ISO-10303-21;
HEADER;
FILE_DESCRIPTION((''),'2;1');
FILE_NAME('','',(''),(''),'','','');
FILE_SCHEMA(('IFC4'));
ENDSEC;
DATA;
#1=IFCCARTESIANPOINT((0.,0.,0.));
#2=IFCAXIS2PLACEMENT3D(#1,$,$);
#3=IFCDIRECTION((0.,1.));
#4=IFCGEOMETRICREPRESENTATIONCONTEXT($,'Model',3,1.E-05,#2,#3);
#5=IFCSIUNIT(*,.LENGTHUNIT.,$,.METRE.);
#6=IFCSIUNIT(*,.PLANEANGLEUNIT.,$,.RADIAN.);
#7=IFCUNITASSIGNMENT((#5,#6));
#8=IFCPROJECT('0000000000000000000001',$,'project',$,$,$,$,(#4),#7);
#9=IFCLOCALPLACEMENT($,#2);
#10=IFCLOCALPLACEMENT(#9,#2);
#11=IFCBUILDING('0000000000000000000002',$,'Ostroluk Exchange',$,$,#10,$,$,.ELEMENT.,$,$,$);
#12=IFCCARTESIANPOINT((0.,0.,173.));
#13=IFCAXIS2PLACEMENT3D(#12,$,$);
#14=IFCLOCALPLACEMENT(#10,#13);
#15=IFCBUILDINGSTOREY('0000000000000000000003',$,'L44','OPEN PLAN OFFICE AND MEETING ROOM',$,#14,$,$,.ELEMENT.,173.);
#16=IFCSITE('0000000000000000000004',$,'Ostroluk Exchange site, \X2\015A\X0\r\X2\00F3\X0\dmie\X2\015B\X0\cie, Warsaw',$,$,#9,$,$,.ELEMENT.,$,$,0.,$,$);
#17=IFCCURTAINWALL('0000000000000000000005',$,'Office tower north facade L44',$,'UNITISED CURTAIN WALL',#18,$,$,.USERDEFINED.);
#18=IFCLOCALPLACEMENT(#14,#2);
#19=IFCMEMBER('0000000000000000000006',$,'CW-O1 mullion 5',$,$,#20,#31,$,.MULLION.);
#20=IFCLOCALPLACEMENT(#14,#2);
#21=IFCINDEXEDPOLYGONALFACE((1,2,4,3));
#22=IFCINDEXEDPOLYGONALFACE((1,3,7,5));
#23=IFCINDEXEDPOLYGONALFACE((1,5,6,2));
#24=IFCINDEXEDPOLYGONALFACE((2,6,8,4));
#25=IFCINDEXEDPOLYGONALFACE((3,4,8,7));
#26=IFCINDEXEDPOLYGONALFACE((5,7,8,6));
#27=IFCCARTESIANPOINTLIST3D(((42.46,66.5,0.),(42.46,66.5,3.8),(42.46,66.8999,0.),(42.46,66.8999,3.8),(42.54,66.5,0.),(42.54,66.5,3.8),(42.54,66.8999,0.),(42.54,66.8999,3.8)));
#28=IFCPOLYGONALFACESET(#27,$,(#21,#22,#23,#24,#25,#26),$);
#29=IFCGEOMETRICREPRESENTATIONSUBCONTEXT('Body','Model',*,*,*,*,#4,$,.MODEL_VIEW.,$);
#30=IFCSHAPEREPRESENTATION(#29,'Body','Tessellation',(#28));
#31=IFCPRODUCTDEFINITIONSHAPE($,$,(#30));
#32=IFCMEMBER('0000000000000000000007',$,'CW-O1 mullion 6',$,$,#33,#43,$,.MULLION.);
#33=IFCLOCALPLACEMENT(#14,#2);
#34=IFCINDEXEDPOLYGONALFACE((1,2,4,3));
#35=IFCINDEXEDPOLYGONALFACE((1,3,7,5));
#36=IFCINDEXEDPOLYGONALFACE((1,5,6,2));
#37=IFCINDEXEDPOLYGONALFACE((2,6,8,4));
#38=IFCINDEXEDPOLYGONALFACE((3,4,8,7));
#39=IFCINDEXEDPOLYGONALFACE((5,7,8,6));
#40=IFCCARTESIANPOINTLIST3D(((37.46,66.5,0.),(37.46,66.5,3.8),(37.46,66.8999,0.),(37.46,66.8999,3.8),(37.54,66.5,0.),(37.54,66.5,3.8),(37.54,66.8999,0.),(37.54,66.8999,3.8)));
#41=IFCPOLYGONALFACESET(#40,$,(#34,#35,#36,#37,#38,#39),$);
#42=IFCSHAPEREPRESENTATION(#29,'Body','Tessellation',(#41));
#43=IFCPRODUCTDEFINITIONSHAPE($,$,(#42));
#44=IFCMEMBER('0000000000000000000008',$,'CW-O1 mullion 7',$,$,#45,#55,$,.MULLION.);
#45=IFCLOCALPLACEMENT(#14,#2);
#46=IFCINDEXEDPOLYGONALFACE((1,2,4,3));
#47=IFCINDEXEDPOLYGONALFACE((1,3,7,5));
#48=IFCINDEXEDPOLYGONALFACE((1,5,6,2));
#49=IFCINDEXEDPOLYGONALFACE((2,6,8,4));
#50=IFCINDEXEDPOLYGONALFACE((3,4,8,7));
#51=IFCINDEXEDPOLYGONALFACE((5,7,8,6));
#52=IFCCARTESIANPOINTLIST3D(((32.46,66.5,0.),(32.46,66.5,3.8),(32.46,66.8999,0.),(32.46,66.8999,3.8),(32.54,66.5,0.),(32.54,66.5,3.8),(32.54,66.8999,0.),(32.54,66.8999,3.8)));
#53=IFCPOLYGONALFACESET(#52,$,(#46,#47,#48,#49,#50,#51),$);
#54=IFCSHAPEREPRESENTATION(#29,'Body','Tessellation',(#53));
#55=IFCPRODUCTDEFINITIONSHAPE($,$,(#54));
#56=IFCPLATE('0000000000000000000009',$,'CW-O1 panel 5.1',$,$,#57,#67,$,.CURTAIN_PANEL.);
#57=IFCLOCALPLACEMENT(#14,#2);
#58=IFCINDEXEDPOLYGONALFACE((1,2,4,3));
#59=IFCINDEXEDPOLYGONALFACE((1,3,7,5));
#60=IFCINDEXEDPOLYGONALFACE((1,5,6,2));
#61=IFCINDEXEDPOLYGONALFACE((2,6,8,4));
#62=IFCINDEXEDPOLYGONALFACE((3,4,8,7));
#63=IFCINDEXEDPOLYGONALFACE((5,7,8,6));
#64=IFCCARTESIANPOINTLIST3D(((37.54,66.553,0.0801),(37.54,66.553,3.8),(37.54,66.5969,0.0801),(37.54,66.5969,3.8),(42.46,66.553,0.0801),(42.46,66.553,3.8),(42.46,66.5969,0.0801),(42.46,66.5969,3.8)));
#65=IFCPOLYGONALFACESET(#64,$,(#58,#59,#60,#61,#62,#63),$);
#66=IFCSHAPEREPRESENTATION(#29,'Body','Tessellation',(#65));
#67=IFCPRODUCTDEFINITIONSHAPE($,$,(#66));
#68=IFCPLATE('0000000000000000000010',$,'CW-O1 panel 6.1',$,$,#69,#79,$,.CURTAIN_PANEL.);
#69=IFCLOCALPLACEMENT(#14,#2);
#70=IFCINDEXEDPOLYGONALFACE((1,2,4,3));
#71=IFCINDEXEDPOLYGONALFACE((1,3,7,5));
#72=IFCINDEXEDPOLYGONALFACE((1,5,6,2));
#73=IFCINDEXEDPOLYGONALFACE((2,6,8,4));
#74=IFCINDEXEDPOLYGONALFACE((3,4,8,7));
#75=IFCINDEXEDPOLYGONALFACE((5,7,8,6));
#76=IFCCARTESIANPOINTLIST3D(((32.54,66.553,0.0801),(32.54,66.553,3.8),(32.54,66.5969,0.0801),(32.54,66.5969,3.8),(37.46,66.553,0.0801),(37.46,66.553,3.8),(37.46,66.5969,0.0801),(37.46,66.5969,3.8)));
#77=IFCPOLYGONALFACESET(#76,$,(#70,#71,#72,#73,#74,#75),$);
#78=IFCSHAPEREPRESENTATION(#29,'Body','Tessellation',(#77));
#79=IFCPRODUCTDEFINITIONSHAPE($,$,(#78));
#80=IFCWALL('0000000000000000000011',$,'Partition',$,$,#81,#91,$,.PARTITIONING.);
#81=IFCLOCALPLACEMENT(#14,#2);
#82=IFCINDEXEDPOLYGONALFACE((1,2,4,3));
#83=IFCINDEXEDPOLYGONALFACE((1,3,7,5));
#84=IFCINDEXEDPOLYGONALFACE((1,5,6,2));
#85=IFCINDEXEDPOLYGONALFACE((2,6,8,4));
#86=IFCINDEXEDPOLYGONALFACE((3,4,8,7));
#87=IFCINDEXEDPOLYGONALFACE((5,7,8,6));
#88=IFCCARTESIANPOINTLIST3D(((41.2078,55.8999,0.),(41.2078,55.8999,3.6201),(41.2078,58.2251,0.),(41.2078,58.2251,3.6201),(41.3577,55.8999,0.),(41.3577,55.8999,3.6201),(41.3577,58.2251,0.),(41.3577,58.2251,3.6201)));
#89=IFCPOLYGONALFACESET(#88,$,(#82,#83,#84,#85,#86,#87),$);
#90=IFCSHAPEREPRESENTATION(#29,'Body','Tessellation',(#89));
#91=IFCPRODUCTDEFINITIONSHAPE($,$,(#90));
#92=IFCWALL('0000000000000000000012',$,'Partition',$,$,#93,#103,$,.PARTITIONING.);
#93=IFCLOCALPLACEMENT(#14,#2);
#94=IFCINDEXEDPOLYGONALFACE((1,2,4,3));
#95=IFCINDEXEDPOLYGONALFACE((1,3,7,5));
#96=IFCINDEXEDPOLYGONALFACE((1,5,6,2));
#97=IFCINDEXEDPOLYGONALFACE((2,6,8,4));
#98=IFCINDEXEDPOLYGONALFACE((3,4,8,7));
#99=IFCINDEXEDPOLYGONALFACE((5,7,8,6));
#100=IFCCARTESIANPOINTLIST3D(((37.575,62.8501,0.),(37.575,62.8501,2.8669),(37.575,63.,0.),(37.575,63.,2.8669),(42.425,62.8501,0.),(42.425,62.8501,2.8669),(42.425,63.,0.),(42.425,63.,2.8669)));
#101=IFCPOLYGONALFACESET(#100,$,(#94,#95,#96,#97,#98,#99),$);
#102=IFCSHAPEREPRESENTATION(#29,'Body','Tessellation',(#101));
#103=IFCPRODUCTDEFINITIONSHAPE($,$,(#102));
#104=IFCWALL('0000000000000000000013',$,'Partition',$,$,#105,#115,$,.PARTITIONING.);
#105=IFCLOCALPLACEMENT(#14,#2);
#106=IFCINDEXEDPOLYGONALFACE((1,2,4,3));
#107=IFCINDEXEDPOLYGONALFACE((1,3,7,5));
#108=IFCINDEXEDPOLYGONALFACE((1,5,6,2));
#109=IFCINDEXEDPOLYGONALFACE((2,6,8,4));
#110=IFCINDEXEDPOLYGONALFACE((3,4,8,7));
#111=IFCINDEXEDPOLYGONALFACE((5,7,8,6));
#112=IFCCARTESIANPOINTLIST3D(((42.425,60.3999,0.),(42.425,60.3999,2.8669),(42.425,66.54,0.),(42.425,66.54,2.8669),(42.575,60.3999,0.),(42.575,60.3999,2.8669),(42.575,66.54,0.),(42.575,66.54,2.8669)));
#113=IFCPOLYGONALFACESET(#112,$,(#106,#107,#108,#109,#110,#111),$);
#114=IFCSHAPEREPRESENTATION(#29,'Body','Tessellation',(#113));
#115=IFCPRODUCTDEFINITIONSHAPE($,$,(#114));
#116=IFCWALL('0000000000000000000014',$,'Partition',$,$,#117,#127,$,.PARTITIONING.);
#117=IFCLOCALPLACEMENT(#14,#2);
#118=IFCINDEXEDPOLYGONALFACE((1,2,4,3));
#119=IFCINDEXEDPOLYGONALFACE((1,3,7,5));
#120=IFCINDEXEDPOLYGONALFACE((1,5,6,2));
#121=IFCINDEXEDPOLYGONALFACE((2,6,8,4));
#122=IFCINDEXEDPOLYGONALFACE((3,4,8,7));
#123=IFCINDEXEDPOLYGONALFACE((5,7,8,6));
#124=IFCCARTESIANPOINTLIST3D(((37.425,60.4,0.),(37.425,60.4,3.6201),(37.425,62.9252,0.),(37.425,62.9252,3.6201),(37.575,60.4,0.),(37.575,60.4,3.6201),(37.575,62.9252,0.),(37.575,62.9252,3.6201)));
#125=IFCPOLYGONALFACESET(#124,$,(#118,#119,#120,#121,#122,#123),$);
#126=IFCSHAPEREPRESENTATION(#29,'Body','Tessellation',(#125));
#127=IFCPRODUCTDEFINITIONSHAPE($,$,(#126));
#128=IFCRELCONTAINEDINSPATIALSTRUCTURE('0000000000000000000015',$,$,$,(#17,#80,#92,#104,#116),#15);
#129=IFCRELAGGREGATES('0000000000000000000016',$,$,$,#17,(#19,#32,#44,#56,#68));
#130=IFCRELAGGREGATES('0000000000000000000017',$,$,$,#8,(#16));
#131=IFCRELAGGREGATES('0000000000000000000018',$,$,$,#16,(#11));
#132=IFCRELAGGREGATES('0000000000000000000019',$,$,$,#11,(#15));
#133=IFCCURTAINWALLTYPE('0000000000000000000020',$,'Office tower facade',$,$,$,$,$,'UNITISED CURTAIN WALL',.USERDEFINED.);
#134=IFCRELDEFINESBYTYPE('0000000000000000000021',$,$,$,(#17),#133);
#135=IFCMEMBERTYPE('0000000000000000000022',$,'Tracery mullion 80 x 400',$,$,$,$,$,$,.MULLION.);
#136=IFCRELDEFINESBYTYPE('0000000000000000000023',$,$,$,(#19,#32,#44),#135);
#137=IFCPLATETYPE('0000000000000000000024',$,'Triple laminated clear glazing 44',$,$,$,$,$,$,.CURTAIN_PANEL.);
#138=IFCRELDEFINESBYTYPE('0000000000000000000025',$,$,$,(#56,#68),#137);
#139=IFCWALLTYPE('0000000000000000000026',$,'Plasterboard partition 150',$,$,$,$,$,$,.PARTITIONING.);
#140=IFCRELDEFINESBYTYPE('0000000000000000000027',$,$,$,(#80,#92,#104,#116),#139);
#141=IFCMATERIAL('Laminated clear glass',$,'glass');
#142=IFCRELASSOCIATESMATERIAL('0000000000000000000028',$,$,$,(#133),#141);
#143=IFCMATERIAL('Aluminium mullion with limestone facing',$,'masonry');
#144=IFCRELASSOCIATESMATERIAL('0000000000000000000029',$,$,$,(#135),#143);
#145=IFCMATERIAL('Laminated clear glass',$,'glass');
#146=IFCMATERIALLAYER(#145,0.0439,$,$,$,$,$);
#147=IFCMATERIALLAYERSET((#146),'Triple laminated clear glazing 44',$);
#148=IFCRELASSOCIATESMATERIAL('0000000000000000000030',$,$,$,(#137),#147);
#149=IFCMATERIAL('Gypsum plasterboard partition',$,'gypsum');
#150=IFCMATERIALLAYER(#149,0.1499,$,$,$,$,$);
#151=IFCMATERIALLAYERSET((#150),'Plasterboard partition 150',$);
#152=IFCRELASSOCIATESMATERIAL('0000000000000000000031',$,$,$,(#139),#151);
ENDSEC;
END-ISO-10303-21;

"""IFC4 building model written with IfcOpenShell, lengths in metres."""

from ifc_helpers import new_model, si_unit, direction, frame, frame_2d, origin, origin_2d, place, context, subcontext, project, spatial, rectangle, extrude, material, layer, layer_set, material_profile, profile_set, type_object, element, aggregate, save


model = new_model("IFC4")

# Units and contexts
model_context = context("Model", 3, precision=1e-05, world=origin(), true_north=direction((0.0, 1.0)))
body_context = subcontext(model_context, "Body", "Model", "MODEL_VIEW")
ifc_project = project(units=[si_unit("LENGTHUNIT", "METRE"), si_unit("PLANEANGLEUNIT", "RADIAN")], contexts=[model_context])

# Site, building, storey
site_placement = place(None, origin())
site = spatial("IfcSite", under=ifc_project, at=site_placement, Name="Ostroluk Exchange site, Śródmieście, Warsaw", CompositionType="ELEMENT", RefElevation=0.0)
building_placement = place(site_placement, origin())
building = spatial("IfcBuilding", under=site, at=building_placement, Name="Ostroluk Exchange", CompositionType="ELEMENT")
storey_placement = place(building_placement, frame((0.0, 0.0, 173.0)))
storey = spatial("IfcBuildingStorey", under=building, at=storey_placement, Name="L44", Description="OPEN PLAN OFFICE AND MEETING ROOM", CompositionType="ELEMENT", Elevation=173.0)

# Curtain wall, members, plates
ifc_material_1 = material(Name="Laminated clear glass", Category="glass")
curtain_wall_type = type_object("IfcCurtainWallType", Name="Office tower facade", ElementType="UNITISED CURTAIN WALL", PredefinedType="USERDEFINED", material=ifc_material_1)
curtain_wall_placement = place(storey_placement, origin())
curtain_wall = element("IfcCurtainWall", 1, at=curtain_wall_placement, inside=storey, type_object=curtain_wall_type, Name="Office tower north facade L44", ObjectType="UNITISED CURTAIN WALL", PredefinedType="USERDEFINED")
ifc_material_2 = material(Name="Aluminium mullion with limestone facing", Category="masonry")
ifc_material_profile_1 = material_profile(ifc_material_2, rectangle(XDim=0.3999, YDim=0.0801, at=origin_2d()), Name="Tracery mullion 80 x 400")
ifc_profile_set_1 = profile_set([ifc_material_profile_1], Name="Aluminium mullion with limestone facing")
member_type_1 = type_object("IfcMemberType", Name="Tracery mullion 80 x 400", PredefinedType="MULLION", material=ifc_profile_set_1)
member_1_placement = place(storey_placement, frame((42.5, 66.7, 0.0), z_axis=(0.0, 0.0, 1.0), x_axis=(0.0, -1.0, 0.0)))
member_1 = element("IfcMember", 2, at=member_1_placement, type_object=member_type_1, Name="CW-O1 mullion 5", PredefinedType="MULLION", context=body_context, shape_type="SweptSolid", body=[
    extrude(rectangle(XDim=0.3999, YDim=0.0801, at=origin_2d()), origin(), (0.0, 0.0, 1.0), 3.8),
])
member_2_placement = place(storey_placement, frame((37.5, 66.7, 0.0), z_axis=(0.0, 0.0, 1.0), x_axis=(0.0, -1.0, 0.0)))
member_2 = element("IfcMember", 3, at=member_2_placement, type_object=member_type_1, Name="CW-O1 mullion 6", PredefinedType="MULLION", context=body_context, shape_type="SweptSolid", body=[
    extrude(rectangle(XDim=0.3999, YDim=0.0801, at=origin_2d()), origin(), (0.0, 0.0, 1.0), 3.8),
])
member_3_placement = place(storey_placement, frame((32.5, 66.7, 0.0), z_axis=(0.0, 0.0, 1.0), x_axis=(0.0, -1.0, 0.0)))
member_3 = element("IfcMember", 4, at=member_3_placement, type_object=member_type_1, Name="CW-O1 mullion 7", PredefinedType="MULLION", context=body_context, shape_type="SweptSolid", body=[
    extrude(rectangle(XDim=0.3999, YDim=0.0801, at=origin_2d()), origin(), (0.0, 0.0, 1.0), 3.8),
])
ifc_material_3 = material(Name="Laminated clear glass", Category="glass")
ifc_layer_1 = layer(ifc_material_3, 0.0439)
ifc_layer_set_1 = layer_set([ifc_layer_1], Name="Triple laminated clear glazing 44")
plate_type = type_object("IfcPlateType", Name="Triple laminated clear glazing 44", PredefinedType="CURTAIN_PANEL", material=ifc_layer_set_1)
plate_1_placement = place(storey_placement, frame((40.0, 66.575, 0.0801), z_axis=(0.0, 0.0, 1.0), x_axis=(-1.0, 0.0, 0.0)))
plate_1 = element("IfcPlate", 5, at=plate_1_placement, type_object=plate_type, Name="CW-O1 panel 5.1", PredefinedType="CURTAIN_PANEL", context=body_context, shape_type="SweptSolid", body=[
    extrude(rectangle(XDim=4.9199, YDim=0.0439, at=origin_2d()), origin(), (0.0, 0.0, 1.0), 3.72),
])
plate_2_placement = place(storey_placement, frame((35.0, 66.575, 0.0801), z_axis=(0.0, 0.0, 1.0), x_axis=(-1.0, 0.0, 0.0)))
plate_2 = element("IfcPlate", 6, at=plate_2_placement, type_object=plate_type, Name="CW-O1 panel 6.1", PredefinedType="CURTAIN_PANEL", context=body_context, shape_type="SweptSolid", body=[
    extrude(rectangle(XDim=4.9199, YDim=0.0439, at=origin_2d()), origin(), (0.0, 0.0, 1.0), 3.72),
])
aggregate(curtain_wall, [member_1, member_2, member_3, plate_1, plate_2])

# Walls
ifc_material_4 = material(Name="Gypsum plasterboard partition", Category="gypsum")
ifc_layer_2 = layer(ifc_material_4, 0.1499)
ifc_layer_set_2 = layer_set([ifc_layer_2], Name="Plasterboard partition 150")
wall_type = type_object("IfcWallType", Name="Plasterboard partition 150", PredefinedType="PARTITIONING", material=ifc_layer_set_2)
wall_1_placement = place(storey_placement, frame((41.2827, 55.8999, 0.0), z_axis=(0.0, 0.0, 1.0), x_axis=(0.0, 1.0, 0.0)))
element("IfcWall", 7, at=wall_1_placement, inside=storey, type_object=wall_type, Name="Partition", PredefinedType="PARTITIONING", context=body_context, shape_type="SweptSolid", body=[
    extrude(rectangle(XDim=2.3252, YDim=0.1499, at=frame_2d((1.1626, 0.0))), origin(), (0.0, 0.0, 1.0), 3.6201),
])
wall_2_placement = place(storey_placement, frame((42.425, 62.925, 0.0), z_axis=(0.0, 0.0, 1.0), x_axis=(-1.0, 0.0, 0.0)))
element("IfcWall", 8, at=wall_2_placement, inside=storey, type_object=wall_type, Name="Partition", PredefinedType="PARTITIONING", context=body_context, shape_type="SweptSolid", body=[
    extrude(rectangle(XDim=4.8501, YDim=0.1499, at=frame_2d((2.425, 0.0))), origin(), (0.0, 0.0, 1.0), 2.8669),
])
wall_3_placement = place(storey_placement, frame((42.5, 60.3999, 0.0), z_axis=(0.0, 0.0, 1.0), x_axis=(0.0, 1.0, 0.0)))
element("IfcWall", 9, at=wall_3_placement, inside=storey, type_object=wall_type, Name="Partition", PredefinedType="PARTITIONING", context=body_context, shape_type="SweptSolid", body=[
    extrude(rectangle(XDim=6.1401, YDim=0.1499, at=frame_2d((3.0701, 0.0))), origin(), (0.0, 0.0, 1.0), 2.8669),
])
wall_4_placement = place(storey_placement, frame((37.5, 60.3999, 0.0), z_axis=(0.0, 0.0, 1.0), x_axis=(0.0, 1.0, 0.0)))
element("IfcWall", 10, at=wall_4_placement, inside=storey, type_object=wall_type, Name="Partition", PredefinedType="PARTITIONING", context=body_context, shape_type="SweptSolid", body=[
    extrude(rectangle(XDim=2.5251, YDim=0.1499, at=frame_2d((1.2627, 0.0))), origin(), (0.0, 0.0, 1.0), 3.6201),
])

save(model, "model.ifc")
